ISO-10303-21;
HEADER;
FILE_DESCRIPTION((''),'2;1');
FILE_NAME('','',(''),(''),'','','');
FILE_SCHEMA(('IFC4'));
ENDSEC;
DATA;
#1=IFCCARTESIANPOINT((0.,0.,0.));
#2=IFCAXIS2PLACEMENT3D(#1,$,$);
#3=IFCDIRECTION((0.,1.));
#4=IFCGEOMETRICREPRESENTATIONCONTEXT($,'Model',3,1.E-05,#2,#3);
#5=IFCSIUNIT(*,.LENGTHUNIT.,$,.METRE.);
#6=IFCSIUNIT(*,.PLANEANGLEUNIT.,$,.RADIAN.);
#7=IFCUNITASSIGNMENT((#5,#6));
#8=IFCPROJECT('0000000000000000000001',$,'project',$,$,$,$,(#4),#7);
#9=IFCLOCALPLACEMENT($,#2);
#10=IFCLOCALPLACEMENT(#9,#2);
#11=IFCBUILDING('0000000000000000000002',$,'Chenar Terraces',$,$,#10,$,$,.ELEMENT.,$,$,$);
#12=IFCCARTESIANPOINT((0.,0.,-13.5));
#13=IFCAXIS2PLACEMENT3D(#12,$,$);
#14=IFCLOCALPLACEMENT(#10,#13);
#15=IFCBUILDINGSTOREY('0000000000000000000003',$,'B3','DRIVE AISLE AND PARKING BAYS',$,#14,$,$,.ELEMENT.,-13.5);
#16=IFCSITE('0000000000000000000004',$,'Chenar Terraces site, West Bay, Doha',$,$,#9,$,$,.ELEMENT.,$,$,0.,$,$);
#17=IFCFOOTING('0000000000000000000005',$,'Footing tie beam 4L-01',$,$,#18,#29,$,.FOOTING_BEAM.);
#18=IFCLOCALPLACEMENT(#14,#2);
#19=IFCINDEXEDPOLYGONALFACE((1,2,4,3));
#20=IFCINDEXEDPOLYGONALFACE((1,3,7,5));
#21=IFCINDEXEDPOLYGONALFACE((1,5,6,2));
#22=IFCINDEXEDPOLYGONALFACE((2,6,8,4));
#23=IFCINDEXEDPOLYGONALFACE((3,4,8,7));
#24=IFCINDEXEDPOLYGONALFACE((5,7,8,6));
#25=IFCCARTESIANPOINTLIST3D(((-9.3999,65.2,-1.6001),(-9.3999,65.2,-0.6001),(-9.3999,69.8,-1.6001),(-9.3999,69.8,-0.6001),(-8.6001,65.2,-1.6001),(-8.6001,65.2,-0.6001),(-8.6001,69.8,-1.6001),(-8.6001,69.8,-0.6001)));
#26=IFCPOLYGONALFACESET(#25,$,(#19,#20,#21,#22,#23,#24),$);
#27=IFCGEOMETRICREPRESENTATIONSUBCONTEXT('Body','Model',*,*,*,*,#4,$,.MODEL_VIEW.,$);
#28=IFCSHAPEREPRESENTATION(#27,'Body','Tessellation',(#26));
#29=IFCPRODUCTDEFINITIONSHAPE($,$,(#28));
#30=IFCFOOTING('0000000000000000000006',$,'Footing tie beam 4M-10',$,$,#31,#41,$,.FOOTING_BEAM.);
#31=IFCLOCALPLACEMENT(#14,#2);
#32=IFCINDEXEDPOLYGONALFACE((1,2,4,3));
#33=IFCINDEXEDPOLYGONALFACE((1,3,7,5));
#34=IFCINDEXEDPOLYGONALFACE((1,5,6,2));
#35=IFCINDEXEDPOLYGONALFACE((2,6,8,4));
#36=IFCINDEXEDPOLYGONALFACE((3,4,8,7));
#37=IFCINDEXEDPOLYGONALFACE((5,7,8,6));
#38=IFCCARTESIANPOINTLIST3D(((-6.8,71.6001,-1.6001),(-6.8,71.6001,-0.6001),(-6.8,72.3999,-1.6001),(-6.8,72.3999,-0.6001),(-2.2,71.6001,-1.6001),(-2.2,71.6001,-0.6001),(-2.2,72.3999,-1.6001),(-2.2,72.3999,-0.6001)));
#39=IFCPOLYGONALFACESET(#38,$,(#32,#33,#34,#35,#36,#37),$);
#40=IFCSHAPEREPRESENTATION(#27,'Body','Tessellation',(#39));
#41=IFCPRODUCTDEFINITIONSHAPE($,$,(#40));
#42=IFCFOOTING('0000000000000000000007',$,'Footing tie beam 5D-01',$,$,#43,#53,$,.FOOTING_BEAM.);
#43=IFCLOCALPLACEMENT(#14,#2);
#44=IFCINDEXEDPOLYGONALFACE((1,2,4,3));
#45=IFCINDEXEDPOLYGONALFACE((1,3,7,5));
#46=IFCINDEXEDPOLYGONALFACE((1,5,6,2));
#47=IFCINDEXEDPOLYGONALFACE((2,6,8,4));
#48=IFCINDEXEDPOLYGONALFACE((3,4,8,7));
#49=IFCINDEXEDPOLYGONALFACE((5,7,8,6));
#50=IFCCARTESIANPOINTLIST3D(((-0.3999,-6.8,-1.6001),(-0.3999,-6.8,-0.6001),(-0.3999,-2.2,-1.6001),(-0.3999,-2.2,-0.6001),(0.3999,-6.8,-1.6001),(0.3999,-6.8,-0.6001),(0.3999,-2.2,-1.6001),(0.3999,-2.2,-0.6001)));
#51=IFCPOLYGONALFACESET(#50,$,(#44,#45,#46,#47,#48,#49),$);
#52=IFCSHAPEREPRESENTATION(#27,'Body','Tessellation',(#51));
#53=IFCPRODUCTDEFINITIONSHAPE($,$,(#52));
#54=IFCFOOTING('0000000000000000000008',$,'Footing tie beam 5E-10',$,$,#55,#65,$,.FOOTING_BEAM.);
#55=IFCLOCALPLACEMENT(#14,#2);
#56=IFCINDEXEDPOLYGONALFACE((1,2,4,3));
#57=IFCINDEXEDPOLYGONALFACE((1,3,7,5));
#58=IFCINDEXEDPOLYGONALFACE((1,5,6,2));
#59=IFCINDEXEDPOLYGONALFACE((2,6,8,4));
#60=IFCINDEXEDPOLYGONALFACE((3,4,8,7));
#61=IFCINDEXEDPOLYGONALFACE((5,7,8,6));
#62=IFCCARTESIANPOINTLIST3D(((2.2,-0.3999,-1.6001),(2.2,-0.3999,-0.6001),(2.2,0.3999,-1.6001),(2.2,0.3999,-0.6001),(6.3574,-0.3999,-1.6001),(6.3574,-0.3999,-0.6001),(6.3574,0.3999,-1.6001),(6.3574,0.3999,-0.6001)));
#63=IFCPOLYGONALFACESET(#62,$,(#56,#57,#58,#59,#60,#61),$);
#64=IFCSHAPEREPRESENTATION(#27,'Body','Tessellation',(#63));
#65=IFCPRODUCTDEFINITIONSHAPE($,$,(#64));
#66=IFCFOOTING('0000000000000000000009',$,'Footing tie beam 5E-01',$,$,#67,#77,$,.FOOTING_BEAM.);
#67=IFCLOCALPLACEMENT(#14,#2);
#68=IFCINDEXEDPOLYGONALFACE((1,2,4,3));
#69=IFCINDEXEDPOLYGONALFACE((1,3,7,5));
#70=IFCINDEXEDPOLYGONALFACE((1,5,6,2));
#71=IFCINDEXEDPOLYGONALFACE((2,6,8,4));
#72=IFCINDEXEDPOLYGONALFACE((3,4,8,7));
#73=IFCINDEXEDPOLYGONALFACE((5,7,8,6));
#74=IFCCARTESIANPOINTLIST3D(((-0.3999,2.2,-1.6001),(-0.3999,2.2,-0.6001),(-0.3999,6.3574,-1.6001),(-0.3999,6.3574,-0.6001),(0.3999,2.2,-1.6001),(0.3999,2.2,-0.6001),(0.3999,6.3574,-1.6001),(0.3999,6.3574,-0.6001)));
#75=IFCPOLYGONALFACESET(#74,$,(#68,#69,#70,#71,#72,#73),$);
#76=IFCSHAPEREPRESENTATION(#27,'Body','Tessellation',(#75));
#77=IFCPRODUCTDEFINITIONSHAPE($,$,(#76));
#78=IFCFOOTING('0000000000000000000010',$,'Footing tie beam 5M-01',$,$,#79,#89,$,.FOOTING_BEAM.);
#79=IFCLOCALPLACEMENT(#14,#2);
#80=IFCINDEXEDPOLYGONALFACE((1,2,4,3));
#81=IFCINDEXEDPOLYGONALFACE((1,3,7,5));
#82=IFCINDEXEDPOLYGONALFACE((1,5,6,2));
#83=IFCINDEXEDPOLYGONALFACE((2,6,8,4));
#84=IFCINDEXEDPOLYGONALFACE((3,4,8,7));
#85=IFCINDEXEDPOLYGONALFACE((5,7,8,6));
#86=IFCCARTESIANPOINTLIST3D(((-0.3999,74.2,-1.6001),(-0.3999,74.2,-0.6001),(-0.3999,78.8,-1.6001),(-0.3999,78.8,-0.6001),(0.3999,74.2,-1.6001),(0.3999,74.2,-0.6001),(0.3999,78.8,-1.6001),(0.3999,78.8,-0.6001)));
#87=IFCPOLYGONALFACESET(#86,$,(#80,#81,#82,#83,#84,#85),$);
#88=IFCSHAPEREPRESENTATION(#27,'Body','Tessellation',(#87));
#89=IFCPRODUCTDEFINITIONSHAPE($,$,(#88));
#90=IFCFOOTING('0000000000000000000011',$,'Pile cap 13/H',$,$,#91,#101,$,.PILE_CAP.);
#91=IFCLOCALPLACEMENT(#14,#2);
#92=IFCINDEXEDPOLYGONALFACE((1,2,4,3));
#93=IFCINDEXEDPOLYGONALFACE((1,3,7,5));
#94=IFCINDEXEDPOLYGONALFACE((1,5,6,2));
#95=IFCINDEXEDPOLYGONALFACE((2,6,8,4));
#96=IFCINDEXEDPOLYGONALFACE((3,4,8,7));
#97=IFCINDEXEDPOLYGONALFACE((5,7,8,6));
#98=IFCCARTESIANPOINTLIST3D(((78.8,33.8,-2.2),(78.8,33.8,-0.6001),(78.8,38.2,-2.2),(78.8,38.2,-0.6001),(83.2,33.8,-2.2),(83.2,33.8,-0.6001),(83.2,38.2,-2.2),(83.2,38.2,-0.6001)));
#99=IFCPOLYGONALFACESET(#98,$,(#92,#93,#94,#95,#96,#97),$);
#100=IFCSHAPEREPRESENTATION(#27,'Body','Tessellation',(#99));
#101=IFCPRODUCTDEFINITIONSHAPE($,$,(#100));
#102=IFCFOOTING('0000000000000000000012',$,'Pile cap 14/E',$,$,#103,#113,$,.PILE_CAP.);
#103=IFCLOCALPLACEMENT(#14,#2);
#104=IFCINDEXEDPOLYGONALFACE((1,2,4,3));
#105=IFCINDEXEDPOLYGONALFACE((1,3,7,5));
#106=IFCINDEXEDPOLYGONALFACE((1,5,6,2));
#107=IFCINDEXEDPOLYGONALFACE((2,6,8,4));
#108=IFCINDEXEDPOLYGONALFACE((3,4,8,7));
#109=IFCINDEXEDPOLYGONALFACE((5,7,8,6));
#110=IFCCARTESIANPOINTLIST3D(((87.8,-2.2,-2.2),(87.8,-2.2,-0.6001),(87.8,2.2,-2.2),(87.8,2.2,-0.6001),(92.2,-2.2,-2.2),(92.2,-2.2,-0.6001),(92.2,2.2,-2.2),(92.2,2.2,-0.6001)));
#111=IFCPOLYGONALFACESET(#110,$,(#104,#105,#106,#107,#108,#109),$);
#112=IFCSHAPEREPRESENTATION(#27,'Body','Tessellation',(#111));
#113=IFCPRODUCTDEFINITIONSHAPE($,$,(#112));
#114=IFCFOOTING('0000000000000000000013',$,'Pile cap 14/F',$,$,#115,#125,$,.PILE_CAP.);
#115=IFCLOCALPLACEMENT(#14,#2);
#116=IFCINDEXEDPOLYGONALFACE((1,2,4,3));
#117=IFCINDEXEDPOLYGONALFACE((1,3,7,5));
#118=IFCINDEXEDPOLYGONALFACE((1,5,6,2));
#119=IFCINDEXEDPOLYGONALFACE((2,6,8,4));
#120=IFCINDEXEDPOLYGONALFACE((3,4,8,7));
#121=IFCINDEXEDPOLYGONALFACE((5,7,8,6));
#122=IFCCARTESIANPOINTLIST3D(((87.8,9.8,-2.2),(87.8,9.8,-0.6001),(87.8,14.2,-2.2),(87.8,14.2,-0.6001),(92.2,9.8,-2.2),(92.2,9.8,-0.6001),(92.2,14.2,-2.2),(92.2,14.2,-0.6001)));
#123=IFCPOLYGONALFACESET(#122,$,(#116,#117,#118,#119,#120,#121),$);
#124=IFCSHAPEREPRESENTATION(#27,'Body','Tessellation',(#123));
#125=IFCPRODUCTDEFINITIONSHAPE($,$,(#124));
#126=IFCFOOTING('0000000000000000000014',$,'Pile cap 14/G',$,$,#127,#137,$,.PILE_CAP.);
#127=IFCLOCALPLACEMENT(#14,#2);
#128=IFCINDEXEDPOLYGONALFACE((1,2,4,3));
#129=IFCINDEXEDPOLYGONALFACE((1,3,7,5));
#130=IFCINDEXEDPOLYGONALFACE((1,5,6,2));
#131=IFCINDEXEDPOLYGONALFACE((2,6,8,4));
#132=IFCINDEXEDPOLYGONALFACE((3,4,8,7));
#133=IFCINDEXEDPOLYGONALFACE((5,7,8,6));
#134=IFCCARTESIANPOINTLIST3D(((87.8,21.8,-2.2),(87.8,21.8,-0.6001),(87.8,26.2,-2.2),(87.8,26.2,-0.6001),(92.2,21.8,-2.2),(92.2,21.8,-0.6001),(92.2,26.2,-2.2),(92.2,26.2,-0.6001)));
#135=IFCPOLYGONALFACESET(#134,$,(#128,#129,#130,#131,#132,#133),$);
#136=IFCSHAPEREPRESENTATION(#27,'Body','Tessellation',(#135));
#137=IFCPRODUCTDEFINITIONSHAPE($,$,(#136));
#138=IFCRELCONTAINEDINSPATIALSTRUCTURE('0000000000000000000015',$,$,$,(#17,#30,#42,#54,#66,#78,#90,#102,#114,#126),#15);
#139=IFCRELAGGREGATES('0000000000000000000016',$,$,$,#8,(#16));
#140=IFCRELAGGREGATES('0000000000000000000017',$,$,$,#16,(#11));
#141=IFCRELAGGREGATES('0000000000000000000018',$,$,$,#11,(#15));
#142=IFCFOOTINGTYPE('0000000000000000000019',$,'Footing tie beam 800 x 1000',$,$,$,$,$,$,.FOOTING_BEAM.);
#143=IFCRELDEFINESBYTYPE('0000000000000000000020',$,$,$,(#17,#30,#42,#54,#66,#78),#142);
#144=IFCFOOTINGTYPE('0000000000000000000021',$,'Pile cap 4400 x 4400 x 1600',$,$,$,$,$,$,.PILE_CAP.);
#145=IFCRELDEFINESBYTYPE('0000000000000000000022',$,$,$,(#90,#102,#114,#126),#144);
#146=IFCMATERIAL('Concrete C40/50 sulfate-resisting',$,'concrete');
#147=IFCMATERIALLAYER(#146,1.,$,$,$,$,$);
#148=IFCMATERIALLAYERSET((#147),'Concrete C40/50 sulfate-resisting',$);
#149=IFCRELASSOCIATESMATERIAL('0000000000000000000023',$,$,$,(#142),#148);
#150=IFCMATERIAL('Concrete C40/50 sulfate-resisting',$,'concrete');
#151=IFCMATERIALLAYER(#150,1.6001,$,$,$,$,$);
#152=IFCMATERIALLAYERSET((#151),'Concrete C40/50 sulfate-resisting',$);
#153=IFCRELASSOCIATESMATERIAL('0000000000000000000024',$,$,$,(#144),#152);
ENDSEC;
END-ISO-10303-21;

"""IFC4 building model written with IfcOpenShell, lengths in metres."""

from ifc_helpers import new_model, si_unit, direction, frame, origin, place, context, subcontext, project, spatial, polyline, outline, extrude, material, layer, layer_set, type_object, element, save


model = new_model("IFC4")

# Units and contexts
model_context = context("Model", 3, precision=1e-05, world=origin(), true_north=direction((0.0, 1.0)))
body_context = subcontext(model_context, "Body", "Model", "MODEL_VIEW")
ifc_project = project(units=[si_unit("LENGTHUNIT", "METRE"), si_unit("PLANEANGLEUNIT", "RADIAN")], contexts=[model_context])

# Site, building, storey
site_placement = place(None, origin())
site = spatial("IfcSite", under=ifc_project, at=site_placement, Name="Chenar Terraces site, West Bay, Doha", CompositionType="ELEMENT", RefElevation=0.0)
building_placement = place(site_placement, origin())
building = spatial("IfcBuilding", under=site, at=building_placement, Name="Chenar Terraces", CompositionType="ELEMENT")
storey_placement = place(building_placement, frame((0.0, 0.0, -13.5)))
storey = spatial("IfcBuildingStorey", under=building, at=storey_placement, Name="B3", Description="DRIVE AISLE AND PARKING BAYS", CompositionType="ELEMENT", Elevation=-13.5)

# Footings
ifc_material_1 = material(Name="Concrete C40/50 sulfate-resisting", Category="concrete")
ifc_layer_1 = layer(ifc_material_1, 1.0)
ifc_layer_set_1 = layer_set([ifc_layer_1], Name="Concrete C40/50 sulfate-resisting")
footing_type_1 = type_object("IfcFootingType", Name="Footing tie beam 800 x 1000", PredefinedType="FOOTING_BEAM", material=ifc_layer_set_1)
placement_1 = place(storey_placement, frame((0.0, 0.0, -1.6001)))
element("IfcFooting", 1, at=placement_1, inside=storey, type_object=footing_type_1, Name="Footing tie beam 4L-01", PredefinedType="FOOTING_BEAM", context=body_context, shape_type="SweptSolid", body=[
    extrude(outline(polyline([(-8.6001, 65.2), (-8.6001, 69.8), (-9.3999, 69.8), (-9.3999, 65.2), (-8.6001, 65.2)])), origin(), (0.0, 0.0, 1.0), 1.0),
])
element("IfcFooting", 2, at=placement_1, inside=storey, type_object=footing_type_1, Name="Footing tie beam 4M-10", PredefinedType="FOOTING_BEAM", context=body_context, shape_type="SweptSolid", body=[
    extrude(outline(polyline([(-2.2, 71.6001), (-2.2, 72.3999), (-6.8, 72.3999), (-6.8, 71.6001), (-2.2, 71.6001)])), origin(), (0.0, 0.0, 1.0), 1.0),
])
element("IfcFooting", 3, at=placement_1, inside=storey, type_object=footing_type_1, Name="Footing tie beam 5D-01", PredefinedType="FOOTING_BEAM", context=body_context, shape_type="SweptSolid", body=[
    extrude(outline(polyline([(0.3999, -6.8), (0.3999, -2.2), (-0.3999, -2.2), (-0.3999, -6.8), (0.3999, -6.8)])), origin(), (0.0, 0.0, 1.0), 1.0),
])
element("IfcFooting", 4, at=placement_1, inside=storey, type_object=footing_type_1, Name="Footing tie beam 5E-10", PredefinedType="FOOTING_BEAM", context=body_context, shape_type="SweptSolid", body=[
    extrude(outline(polyline([(6.3574, -0.3999), (6.3574, 0.3999), (2.2, 0.3999), (2.2, -0.3999), (6.3574, -0.3999)])), origin(), (0.0, 0.0, 1.0), 1.0),
])
element("IfcFooting", 5, at=placement_1, inside=storey, type_object=footing_type_1, Name="Footing tie beam 5E-01", PredefinedType="FOOTING_BEAM", context=body_context, shape_type="SweptSolid", body=[
    extrude(outline(polyline([(0.3999, 2.2), (0.3999, 6.3574), (-0.3999, 6.3574), (-0.3999, 2.2), (0.3999, 2.2)])), origin(), (0.0, 0.0, 1.0), 1.0),
])
element("IfcFooting", 6, at=placement_1, inside=storey, type_object=footing_type_1, Name="Footing tie beam 5M-01", PredefinedType="FOOTING_BEAM", context=body_context, shape_type="SweptSolid", body=[
    extrude(outline(polyline([(0.3999, 74.2), (0.3999, 78.8), (-0.3999, 78.8), (-0.3999, 74.2), (0.3999, 74.2)])), origin(), (0.0, 0.0, 1.0), 1.0),
])
ifc_material_2 = material(Name="Concrete C40/50 sulfate-resisting", Category="concrete")
ifc_layer_2 = layer(ifc_material_2, 1.6001)
ifc_layer_set_2 = layer_set([ifc_layer_2], Name="Concrete C40/50 sulfate-resisting")
footing_type_2 = type_object("IfcFootingType", Name="Pile cap 4400 x 4400 x 1600", PredefinedType="PILE_CAP", material=ifc_layer_set_2)
placement_2 = place(storey_placement, frame((0.0, 0.0, -2.2)))
element("IfcFooting", 7, at=placement_2, inside=storey, type_object=footing_type_2, Name="Pile cap 13/H", PredefinedType="PILE_CAP", context=body_context, shape_type="SweptSolid", body=[
    extrude(outline(polyline([(83.2, 33.8), (83.2, 38.2), (78.8, 38.2), (78.8, 33.8), (83.2, 33.8)])), origin(), (0.0, 0.0, 1.0), 1.5999),
])
element("IfcFooting", 8, at=placement_2, inside=storey, type_object=footing_type_2, Name="Pile cap 14/E", PredefinedType="PILE_CAP", context=body_context, shape_type="SweptSolid", body=[
    extrude(outline(polyline([(92.2, -2.2), (92.2, 2.2), (87.8, 2.2), (87.8, -2.2), (92.2, -2.2)])), origin(), (0.0, 0.0, 1.0), 1.5999),
])
element("IfcFooting", 9, at=placement_2, inside=storey, type_object=footing_type_2, Name="Pile cap 14/F", PredefinedType="PILE_CAP", context=body_context, shape_type="SweptSolid", body=[
    extrude(outline(polyline([(92.2, 9.8), (92.2, 14.2), (87.8, 14.2), (87.8, 9.8), (92.2, 9.8)])), origin(), (0.0, 0.0, 1.0), 1.5999),
])
element("IfcFooting", 10, at=placement_2, inside=storey, type_object=footing_type_2, Name="Pile cap 14/G", PredefinedType="PILE_CAP", context=body_context, shape_type="SweptSolid", body=[
    extrude(outline(polyline([(92.2, 21.8), (92.2, 26.2), (87.8, 26.2), (87.8, 21.8), (92.2, 21.8)])), origin(), (0.0, 0.0, 1.0), 1.5999),
])

save(model, "model.ifc")
